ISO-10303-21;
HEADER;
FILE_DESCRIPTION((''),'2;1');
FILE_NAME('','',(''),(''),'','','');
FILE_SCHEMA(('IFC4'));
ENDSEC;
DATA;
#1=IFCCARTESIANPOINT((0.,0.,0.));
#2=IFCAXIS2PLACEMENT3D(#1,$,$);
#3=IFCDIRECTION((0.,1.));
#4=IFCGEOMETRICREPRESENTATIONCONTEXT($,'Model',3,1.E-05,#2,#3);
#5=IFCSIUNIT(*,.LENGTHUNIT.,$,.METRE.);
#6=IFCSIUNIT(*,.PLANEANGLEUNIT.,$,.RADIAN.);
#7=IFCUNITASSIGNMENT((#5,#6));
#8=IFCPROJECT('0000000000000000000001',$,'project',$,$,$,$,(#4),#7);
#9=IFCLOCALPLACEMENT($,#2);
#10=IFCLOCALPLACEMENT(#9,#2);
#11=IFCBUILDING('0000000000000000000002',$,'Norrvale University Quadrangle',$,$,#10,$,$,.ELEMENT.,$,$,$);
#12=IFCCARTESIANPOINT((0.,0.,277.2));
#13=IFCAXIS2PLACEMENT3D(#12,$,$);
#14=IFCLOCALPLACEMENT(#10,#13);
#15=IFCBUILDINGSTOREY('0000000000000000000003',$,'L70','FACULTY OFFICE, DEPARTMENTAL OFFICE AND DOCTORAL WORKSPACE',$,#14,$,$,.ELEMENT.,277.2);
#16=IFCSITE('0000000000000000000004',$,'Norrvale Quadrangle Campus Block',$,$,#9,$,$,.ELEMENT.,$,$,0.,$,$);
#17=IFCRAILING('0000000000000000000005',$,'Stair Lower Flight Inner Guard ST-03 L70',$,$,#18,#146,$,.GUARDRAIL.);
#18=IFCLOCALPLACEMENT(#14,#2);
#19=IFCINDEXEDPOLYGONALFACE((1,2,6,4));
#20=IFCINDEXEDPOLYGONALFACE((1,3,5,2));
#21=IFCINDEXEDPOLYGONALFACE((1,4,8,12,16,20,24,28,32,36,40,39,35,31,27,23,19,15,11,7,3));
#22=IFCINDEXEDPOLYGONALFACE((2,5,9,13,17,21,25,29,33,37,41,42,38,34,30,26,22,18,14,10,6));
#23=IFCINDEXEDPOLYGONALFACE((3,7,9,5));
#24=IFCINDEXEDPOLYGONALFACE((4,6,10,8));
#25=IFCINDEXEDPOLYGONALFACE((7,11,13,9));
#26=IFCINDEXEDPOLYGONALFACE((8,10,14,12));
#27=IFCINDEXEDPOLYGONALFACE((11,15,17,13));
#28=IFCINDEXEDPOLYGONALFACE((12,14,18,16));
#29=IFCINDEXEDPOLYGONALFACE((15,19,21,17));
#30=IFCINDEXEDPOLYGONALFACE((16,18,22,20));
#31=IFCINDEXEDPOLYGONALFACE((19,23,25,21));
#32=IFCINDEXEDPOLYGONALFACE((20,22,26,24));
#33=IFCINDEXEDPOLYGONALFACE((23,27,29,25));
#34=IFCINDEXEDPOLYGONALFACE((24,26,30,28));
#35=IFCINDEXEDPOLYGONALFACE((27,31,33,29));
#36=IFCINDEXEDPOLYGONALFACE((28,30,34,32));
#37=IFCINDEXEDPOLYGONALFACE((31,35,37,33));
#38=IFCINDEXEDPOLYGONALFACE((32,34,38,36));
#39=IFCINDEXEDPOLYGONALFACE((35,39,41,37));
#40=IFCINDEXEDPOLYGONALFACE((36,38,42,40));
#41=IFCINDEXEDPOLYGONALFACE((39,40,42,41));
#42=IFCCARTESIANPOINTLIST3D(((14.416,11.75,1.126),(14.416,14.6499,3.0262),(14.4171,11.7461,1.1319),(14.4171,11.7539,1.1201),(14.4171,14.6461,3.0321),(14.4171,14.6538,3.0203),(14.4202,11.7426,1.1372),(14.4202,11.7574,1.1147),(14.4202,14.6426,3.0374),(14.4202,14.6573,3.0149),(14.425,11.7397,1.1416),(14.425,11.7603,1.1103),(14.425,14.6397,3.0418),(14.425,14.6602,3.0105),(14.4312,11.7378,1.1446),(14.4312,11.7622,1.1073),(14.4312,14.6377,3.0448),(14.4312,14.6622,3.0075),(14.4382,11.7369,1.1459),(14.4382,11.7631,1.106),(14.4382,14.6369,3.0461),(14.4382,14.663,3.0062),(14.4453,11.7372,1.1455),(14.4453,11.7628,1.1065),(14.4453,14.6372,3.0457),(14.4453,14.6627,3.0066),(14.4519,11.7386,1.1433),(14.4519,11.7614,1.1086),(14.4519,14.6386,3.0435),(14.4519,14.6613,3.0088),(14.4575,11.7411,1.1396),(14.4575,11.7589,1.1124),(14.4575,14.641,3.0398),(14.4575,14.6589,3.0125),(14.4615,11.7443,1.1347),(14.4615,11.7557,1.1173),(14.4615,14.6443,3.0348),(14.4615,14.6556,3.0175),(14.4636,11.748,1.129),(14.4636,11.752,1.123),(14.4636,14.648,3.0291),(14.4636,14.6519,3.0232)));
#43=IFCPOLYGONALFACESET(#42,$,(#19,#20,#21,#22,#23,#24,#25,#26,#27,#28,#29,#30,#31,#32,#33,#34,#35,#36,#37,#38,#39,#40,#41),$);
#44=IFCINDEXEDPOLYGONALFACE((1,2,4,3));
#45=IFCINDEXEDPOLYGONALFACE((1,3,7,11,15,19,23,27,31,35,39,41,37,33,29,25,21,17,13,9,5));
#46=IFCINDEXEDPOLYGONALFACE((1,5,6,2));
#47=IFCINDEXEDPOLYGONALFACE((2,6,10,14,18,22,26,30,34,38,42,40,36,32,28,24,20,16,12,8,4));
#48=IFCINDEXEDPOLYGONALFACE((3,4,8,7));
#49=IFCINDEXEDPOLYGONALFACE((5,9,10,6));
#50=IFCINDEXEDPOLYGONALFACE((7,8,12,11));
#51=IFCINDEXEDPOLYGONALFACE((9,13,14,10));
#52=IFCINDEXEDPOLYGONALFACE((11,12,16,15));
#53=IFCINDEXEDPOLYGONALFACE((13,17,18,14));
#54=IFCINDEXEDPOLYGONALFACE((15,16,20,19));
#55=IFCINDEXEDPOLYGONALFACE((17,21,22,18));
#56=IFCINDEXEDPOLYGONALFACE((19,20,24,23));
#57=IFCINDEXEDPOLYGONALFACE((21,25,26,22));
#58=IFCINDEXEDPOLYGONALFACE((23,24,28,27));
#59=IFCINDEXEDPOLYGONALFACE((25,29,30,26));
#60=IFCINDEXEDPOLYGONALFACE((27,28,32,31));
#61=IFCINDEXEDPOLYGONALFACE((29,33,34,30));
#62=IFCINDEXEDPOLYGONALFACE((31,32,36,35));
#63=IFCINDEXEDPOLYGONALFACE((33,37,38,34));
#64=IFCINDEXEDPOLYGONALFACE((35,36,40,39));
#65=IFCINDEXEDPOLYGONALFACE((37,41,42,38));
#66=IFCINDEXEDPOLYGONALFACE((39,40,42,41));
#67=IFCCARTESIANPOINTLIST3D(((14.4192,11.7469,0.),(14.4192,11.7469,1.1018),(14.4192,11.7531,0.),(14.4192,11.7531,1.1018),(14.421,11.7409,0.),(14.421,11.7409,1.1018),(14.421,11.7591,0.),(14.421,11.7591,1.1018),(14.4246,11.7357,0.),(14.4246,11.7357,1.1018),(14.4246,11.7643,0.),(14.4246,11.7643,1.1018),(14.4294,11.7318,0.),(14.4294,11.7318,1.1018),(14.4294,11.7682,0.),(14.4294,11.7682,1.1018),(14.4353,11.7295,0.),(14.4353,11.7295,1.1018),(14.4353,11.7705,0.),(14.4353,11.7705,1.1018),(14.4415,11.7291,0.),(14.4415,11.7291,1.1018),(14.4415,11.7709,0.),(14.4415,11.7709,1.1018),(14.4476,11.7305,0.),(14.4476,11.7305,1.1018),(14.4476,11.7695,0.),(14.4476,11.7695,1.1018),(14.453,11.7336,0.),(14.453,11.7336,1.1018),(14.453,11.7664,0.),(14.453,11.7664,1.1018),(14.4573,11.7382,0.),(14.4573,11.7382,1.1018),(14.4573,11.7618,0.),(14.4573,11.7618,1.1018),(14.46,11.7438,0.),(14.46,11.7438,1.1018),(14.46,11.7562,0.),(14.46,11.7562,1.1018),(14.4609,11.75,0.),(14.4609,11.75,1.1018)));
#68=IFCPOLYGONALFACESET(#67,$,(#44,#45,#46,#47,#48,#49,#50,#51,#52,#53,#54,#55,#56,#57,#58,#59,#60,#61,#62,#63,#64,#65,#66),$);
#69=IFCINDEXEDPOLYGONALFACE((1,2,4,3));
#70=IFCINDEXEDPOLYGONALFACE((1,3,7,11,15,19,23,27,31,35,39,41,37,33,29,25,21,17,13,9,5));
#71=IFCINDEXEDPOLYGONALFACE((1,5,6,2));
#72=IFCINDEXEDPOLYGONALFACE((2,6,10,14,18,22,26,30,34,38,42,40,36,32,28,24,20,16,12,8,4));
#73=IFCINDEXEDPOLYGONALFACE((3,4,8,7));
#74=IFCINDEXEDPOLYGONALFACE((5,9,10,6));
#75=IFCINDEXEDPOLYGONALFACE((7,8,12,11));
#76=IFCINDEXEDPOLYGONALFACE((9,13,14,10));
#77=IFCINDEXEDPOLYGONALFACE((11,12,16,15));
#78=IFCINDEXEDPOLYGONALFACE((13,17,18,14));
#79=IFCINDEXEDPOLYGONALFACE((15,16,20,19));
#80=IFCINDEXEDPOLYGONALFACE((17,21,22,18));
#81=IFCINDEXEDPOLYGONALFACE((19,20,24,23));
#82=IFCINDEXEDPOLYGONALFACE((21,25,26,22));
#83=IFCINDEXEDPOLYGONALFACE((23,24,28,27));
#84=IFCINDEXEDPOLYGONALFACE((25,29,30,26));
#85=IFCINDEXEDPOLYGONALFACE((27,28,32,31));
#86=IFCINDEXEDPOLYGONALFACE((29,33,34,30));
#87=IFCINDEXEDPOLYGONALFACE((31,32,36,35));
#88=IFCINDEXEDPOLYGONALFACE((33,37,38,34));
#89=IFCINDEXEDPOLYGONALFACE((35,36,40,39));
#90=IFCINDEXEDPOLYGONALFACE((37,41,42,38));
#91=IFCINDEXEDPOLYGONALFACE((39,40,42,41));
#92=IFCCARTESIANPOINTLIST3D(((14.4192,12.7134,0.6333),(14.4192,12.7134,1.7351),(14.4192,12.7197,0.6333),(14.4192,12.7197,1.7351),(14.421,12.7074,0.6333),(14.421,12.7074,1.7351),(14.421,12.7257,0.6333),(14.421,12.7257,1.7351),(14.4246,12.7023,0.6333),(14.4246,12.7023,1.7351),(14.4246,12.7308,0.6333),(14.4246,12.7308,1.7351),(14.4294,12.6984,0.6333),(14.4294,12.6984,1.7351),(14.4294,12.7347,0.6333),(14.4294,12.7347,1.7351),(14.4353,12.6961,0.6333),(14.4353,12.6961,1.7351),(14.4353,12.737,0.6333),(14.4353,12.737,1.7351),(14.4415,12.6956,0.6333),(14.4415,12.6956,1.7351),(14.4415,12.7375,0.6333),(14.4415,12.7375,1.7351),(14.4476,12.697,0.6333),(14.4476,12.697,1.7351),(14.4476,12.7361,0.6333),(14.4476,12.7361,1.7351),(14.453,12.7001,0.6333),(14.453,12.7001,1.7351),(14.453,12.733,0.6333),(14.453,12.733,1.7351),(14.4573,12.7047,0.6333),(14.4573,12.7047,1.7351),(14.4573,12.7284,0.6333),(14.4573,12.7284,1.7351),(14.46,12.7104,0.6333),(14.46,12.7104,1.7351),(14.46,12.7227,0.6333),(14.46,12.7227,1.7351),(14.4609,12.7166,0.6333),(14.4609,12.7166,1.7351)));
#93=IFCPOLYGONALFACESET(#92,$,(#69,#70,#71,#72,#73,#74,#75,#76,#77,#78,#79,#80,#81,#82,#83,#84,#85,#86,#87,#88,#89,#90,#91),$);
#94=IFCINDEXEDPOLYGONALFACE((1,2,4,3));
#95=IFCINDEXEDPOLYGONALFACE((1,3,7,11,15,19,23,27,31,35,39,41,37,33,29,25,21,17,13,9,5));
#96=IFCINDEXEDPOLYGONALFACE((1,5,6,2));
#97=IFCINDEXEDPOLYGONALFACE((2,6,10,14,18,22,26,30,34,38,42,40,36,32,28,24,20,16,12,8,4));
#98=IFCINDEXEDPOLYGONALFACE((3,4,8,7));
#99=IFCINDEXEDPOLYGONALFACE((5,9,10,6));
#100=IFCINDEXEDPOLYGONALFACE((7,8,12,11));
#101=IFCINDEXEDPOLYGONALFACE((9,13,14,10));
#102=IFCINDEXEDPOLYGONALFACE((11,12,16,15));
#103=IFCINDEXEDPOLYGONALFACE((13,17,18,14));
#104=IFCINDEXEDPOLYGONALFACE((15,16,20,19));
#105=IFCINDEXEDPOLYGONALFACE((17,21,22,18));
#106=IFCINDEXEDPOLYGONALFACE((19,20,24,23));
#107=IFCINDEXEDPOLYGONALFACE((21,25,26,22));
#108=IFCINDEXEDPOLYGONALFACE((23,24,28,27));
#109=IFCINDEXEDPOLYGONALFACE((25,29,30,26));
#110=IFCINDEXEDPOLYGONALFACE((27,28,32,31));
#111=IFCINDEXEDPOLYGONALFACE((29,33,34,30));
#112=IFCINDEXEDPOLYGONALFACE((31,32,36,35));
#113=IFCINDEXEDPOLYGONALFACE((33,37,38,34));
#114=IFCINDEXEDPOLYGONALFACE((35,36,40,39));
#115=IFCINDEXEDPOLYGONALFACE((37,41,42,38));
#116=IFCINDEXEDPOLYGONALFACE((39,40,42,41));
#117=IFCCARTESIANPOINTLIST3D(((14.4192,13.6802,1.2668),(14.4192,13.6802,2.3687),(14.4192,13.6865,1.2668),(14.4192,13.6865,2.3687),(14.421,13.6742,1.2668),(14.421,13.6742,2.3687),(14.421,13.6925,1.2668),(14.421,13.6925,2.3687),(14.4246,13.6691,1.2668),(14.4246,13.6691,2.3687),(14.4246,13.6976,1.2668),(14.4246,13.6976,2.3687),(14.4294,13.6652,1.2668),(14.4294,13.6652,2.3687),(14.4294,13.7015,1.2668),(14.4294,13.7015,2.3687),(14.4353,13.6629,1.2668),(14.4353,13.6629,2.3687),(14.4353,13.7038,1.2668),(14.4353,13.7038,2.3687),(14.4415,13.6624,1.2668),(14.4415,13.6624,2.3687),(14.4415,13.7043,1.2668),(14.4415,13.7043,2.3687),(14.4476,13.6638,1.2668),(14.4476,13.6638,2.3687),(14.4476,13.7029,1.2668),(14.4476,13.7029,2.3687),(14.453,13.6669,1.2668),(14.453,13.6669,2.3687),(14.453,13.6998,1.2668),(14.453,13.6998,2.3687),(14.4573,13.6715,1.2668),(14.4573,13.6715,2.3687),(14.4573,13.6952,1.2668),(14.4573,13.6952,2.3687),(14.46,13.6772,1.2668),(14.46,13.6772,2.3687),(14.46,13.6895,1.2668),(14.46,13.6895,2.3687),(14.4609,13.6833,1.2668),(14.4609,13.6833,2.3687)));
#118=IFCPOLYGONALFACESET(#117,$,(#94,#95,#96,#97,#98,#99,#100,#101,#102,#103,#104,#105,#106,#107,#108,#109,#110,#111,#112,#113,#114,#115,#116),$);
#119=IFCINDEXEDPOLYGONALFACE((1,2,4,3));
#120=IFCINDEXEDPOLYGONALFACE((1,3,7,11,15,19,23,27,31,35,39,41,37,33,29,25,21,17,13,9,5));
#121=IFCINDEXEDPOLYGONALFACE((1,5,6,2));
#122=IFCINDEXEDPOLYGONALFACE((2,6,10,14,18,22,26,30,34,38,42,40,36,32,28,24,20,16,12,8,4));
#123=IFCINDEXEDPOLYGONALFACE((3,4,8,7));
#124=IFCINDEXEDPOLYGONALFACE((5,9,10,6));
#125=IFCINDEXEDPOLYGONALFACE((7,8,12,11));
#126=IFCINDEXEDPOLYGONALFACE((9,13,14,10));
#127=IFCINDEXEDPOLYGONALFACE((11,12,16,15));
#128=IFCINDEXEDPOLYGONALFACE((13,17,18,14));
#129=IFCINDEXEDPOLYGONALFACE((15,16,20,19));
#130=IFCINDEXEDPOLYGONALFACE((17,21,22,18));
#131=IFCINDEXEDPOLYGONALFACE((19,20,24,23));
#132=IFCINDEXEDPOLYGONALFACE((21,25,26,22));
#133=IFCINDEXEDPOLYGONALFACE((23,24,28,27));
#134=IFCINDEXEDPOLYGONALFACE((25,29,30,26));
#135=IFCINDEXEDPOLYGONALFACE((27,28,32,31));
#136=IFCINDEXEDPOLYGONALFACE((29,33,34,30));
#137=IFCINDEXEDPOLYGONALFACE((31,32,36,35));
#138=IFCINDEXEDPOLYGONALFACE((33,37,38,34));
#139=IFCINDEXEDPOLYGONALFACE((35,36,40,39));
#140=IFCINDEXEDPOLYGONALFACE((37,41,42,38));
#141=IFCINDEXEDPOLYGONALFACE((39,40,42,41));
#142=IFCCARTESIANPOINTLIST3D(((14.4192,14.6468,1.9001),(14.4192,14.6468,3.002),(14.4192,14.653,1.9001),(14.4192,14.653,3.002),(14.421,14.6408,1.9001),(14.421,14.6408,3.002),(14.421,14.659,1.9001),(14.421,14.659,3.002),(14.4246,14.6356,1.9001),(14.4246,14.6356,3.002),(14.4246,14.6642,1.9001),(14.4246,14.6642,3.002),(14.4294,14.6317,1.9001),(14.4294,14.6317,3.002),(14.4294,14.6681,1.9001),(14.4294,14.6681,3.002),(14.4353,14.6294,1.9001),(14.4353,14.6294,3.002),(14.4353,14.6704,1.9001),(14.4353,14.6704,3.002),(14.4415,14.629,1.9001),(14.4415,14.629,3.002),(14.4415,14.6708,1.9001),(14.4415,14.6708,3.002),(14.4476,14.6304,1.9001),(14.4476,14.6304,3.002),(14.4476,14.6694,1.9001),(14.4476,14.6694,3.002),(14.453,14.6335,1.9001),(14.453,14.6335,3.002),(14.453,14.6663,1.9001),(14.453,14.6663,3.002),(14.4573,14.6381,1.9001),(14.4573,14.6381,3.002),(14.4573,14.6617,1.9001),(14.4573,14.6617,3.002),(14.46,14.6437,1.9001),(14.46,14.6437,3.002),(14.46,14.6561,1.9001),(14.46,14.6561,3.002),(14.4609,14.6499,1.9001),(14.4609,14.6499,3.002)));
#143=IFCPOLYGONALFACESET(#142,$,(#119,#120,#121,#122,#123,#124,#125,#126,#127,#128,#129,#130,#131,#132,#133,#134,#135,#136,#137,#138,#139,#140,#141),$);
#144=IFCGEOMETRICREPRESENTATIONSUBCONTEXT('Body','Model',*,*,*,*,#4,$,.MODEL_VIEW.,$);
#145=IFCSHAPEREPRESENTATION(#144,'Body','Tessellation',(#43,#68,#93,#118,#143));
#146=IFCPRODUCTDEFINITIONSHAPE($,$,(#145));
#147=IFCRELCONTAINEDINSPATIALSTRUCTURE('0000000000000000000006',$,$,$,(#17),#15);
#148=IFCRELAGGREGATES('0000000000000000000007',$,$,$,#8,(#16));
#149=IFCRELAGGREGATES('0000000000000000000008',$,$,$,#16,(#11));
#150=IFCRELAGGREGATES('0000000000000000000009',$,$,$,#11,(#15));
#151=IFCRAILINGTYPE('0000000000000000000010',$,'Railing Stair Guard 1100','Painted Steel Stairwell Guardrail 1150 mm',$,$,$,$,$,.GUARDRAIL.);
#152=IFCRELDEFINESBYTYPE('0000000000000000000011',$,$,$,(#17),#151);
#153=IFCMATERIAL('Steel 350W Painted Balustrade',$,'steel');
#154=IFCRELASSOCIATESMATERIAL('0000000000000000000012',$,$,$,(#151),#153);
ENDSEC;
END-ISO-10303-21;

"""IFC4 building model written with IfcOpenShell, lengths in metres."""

from ifc_helpers import new_model, si_unit, direction, frame, origin, origin_2d, place, context, subcontext, project, spatial, circle, extrude, material, type_object, element, save


model = new_model("IFC4")

# Units and contexts
model_context = context("Model", 3, precision=1e-05, world=origin(), true_north=direction((0.0, 1.0)))
body_context = subcontext(model_context, "Body", "Model", "MODEL_VIEW")
ifc_project = project(units=[si_unit("LENGTHUNIT", "METRE"), si_unit("PLANEANGLEUNIT", "RADIAN")], contexts=[model_context])

# Site, building, storey
site_placement = place(None, origin())
site = spatial("IfcSite", under=ifc_project, at=site_placement, Name="Norrvale Quadrangle Campus Block", CompositionType="ELEMENT", RefElevation=0.0)
building_placement = place(site_placement, origin())
building = spatial("IfcBuilding", under=site, at=building_placement, Name="Norrvale University Quadrangle", CompositionType="ELEMENT")
storey_placement = place(building_placement, frame((0.0, 0.0, 277.2)))
storey = spatial("IfcBuildingStorey", under=building, at=storey_placement, Name="L70", Description="FACULTY OFFICE, DEPARTMENTAL OFFICE AND DOCTORAL WORKSPACE", CompositionType="ELEMENT", Elevation=277.2)

# Railing
ifc_material_1 = material(Name="Steel 350W Painted Balustrade", Category="steel")
railing_type_1 = type_object("IfcRailingType", Name="Railing Stair Guard 1100", Description="Painted Steel Stairwell Guardrail 1150 mm", PredefinedType="GUARDRAIL", material=ifc_material_1)
railing_1_placement = place(storey_placement, frame((14.4399, 11.75, 0.0)))
element("IfcRailing", 1, at=railing_1_placement, inside=storey, type_object=railing_type_1, Name="Stair Lower Flight Inner Guard ST-03 L70", PredefinedType="GUARDRAIL", context=body_context, shape_type="SweptSolid", body=[
    extrude(circle(Radius=0.0239, at=origin_2d()), frame((0.0, 0.0, 1.126), z_axis=(0.0, 0.836433, 0.548069), x_axis=(-1.0, 0.0, 0.0)), (0.0, 0.0, 1.0), 3.467),
    extrude(circle(Radius=0.021, at=origin_2d()), origin(), (0.0, 0.0, 1.0), 1.1018),
    extrude(circle(Radius=0.021, at=origin_2d()), frame((0.0, 0.9666, 0.6333)), (0.0, 0.0, 1.0), 1.1018),
    extrude(circle(Radius=0.021, at=origin_2d()), frame((0.0, 1.9333, 1.2668)), (0.0, 0.0, 1.0), 1.1018),
    extrude(circle(Radius=0.021, at=origin_2d()), frame((0.0, 2.8999, 1.9001)), (0.0, 0.0, 1.0), 1.1018),
])

save(model, "model.ifc")
